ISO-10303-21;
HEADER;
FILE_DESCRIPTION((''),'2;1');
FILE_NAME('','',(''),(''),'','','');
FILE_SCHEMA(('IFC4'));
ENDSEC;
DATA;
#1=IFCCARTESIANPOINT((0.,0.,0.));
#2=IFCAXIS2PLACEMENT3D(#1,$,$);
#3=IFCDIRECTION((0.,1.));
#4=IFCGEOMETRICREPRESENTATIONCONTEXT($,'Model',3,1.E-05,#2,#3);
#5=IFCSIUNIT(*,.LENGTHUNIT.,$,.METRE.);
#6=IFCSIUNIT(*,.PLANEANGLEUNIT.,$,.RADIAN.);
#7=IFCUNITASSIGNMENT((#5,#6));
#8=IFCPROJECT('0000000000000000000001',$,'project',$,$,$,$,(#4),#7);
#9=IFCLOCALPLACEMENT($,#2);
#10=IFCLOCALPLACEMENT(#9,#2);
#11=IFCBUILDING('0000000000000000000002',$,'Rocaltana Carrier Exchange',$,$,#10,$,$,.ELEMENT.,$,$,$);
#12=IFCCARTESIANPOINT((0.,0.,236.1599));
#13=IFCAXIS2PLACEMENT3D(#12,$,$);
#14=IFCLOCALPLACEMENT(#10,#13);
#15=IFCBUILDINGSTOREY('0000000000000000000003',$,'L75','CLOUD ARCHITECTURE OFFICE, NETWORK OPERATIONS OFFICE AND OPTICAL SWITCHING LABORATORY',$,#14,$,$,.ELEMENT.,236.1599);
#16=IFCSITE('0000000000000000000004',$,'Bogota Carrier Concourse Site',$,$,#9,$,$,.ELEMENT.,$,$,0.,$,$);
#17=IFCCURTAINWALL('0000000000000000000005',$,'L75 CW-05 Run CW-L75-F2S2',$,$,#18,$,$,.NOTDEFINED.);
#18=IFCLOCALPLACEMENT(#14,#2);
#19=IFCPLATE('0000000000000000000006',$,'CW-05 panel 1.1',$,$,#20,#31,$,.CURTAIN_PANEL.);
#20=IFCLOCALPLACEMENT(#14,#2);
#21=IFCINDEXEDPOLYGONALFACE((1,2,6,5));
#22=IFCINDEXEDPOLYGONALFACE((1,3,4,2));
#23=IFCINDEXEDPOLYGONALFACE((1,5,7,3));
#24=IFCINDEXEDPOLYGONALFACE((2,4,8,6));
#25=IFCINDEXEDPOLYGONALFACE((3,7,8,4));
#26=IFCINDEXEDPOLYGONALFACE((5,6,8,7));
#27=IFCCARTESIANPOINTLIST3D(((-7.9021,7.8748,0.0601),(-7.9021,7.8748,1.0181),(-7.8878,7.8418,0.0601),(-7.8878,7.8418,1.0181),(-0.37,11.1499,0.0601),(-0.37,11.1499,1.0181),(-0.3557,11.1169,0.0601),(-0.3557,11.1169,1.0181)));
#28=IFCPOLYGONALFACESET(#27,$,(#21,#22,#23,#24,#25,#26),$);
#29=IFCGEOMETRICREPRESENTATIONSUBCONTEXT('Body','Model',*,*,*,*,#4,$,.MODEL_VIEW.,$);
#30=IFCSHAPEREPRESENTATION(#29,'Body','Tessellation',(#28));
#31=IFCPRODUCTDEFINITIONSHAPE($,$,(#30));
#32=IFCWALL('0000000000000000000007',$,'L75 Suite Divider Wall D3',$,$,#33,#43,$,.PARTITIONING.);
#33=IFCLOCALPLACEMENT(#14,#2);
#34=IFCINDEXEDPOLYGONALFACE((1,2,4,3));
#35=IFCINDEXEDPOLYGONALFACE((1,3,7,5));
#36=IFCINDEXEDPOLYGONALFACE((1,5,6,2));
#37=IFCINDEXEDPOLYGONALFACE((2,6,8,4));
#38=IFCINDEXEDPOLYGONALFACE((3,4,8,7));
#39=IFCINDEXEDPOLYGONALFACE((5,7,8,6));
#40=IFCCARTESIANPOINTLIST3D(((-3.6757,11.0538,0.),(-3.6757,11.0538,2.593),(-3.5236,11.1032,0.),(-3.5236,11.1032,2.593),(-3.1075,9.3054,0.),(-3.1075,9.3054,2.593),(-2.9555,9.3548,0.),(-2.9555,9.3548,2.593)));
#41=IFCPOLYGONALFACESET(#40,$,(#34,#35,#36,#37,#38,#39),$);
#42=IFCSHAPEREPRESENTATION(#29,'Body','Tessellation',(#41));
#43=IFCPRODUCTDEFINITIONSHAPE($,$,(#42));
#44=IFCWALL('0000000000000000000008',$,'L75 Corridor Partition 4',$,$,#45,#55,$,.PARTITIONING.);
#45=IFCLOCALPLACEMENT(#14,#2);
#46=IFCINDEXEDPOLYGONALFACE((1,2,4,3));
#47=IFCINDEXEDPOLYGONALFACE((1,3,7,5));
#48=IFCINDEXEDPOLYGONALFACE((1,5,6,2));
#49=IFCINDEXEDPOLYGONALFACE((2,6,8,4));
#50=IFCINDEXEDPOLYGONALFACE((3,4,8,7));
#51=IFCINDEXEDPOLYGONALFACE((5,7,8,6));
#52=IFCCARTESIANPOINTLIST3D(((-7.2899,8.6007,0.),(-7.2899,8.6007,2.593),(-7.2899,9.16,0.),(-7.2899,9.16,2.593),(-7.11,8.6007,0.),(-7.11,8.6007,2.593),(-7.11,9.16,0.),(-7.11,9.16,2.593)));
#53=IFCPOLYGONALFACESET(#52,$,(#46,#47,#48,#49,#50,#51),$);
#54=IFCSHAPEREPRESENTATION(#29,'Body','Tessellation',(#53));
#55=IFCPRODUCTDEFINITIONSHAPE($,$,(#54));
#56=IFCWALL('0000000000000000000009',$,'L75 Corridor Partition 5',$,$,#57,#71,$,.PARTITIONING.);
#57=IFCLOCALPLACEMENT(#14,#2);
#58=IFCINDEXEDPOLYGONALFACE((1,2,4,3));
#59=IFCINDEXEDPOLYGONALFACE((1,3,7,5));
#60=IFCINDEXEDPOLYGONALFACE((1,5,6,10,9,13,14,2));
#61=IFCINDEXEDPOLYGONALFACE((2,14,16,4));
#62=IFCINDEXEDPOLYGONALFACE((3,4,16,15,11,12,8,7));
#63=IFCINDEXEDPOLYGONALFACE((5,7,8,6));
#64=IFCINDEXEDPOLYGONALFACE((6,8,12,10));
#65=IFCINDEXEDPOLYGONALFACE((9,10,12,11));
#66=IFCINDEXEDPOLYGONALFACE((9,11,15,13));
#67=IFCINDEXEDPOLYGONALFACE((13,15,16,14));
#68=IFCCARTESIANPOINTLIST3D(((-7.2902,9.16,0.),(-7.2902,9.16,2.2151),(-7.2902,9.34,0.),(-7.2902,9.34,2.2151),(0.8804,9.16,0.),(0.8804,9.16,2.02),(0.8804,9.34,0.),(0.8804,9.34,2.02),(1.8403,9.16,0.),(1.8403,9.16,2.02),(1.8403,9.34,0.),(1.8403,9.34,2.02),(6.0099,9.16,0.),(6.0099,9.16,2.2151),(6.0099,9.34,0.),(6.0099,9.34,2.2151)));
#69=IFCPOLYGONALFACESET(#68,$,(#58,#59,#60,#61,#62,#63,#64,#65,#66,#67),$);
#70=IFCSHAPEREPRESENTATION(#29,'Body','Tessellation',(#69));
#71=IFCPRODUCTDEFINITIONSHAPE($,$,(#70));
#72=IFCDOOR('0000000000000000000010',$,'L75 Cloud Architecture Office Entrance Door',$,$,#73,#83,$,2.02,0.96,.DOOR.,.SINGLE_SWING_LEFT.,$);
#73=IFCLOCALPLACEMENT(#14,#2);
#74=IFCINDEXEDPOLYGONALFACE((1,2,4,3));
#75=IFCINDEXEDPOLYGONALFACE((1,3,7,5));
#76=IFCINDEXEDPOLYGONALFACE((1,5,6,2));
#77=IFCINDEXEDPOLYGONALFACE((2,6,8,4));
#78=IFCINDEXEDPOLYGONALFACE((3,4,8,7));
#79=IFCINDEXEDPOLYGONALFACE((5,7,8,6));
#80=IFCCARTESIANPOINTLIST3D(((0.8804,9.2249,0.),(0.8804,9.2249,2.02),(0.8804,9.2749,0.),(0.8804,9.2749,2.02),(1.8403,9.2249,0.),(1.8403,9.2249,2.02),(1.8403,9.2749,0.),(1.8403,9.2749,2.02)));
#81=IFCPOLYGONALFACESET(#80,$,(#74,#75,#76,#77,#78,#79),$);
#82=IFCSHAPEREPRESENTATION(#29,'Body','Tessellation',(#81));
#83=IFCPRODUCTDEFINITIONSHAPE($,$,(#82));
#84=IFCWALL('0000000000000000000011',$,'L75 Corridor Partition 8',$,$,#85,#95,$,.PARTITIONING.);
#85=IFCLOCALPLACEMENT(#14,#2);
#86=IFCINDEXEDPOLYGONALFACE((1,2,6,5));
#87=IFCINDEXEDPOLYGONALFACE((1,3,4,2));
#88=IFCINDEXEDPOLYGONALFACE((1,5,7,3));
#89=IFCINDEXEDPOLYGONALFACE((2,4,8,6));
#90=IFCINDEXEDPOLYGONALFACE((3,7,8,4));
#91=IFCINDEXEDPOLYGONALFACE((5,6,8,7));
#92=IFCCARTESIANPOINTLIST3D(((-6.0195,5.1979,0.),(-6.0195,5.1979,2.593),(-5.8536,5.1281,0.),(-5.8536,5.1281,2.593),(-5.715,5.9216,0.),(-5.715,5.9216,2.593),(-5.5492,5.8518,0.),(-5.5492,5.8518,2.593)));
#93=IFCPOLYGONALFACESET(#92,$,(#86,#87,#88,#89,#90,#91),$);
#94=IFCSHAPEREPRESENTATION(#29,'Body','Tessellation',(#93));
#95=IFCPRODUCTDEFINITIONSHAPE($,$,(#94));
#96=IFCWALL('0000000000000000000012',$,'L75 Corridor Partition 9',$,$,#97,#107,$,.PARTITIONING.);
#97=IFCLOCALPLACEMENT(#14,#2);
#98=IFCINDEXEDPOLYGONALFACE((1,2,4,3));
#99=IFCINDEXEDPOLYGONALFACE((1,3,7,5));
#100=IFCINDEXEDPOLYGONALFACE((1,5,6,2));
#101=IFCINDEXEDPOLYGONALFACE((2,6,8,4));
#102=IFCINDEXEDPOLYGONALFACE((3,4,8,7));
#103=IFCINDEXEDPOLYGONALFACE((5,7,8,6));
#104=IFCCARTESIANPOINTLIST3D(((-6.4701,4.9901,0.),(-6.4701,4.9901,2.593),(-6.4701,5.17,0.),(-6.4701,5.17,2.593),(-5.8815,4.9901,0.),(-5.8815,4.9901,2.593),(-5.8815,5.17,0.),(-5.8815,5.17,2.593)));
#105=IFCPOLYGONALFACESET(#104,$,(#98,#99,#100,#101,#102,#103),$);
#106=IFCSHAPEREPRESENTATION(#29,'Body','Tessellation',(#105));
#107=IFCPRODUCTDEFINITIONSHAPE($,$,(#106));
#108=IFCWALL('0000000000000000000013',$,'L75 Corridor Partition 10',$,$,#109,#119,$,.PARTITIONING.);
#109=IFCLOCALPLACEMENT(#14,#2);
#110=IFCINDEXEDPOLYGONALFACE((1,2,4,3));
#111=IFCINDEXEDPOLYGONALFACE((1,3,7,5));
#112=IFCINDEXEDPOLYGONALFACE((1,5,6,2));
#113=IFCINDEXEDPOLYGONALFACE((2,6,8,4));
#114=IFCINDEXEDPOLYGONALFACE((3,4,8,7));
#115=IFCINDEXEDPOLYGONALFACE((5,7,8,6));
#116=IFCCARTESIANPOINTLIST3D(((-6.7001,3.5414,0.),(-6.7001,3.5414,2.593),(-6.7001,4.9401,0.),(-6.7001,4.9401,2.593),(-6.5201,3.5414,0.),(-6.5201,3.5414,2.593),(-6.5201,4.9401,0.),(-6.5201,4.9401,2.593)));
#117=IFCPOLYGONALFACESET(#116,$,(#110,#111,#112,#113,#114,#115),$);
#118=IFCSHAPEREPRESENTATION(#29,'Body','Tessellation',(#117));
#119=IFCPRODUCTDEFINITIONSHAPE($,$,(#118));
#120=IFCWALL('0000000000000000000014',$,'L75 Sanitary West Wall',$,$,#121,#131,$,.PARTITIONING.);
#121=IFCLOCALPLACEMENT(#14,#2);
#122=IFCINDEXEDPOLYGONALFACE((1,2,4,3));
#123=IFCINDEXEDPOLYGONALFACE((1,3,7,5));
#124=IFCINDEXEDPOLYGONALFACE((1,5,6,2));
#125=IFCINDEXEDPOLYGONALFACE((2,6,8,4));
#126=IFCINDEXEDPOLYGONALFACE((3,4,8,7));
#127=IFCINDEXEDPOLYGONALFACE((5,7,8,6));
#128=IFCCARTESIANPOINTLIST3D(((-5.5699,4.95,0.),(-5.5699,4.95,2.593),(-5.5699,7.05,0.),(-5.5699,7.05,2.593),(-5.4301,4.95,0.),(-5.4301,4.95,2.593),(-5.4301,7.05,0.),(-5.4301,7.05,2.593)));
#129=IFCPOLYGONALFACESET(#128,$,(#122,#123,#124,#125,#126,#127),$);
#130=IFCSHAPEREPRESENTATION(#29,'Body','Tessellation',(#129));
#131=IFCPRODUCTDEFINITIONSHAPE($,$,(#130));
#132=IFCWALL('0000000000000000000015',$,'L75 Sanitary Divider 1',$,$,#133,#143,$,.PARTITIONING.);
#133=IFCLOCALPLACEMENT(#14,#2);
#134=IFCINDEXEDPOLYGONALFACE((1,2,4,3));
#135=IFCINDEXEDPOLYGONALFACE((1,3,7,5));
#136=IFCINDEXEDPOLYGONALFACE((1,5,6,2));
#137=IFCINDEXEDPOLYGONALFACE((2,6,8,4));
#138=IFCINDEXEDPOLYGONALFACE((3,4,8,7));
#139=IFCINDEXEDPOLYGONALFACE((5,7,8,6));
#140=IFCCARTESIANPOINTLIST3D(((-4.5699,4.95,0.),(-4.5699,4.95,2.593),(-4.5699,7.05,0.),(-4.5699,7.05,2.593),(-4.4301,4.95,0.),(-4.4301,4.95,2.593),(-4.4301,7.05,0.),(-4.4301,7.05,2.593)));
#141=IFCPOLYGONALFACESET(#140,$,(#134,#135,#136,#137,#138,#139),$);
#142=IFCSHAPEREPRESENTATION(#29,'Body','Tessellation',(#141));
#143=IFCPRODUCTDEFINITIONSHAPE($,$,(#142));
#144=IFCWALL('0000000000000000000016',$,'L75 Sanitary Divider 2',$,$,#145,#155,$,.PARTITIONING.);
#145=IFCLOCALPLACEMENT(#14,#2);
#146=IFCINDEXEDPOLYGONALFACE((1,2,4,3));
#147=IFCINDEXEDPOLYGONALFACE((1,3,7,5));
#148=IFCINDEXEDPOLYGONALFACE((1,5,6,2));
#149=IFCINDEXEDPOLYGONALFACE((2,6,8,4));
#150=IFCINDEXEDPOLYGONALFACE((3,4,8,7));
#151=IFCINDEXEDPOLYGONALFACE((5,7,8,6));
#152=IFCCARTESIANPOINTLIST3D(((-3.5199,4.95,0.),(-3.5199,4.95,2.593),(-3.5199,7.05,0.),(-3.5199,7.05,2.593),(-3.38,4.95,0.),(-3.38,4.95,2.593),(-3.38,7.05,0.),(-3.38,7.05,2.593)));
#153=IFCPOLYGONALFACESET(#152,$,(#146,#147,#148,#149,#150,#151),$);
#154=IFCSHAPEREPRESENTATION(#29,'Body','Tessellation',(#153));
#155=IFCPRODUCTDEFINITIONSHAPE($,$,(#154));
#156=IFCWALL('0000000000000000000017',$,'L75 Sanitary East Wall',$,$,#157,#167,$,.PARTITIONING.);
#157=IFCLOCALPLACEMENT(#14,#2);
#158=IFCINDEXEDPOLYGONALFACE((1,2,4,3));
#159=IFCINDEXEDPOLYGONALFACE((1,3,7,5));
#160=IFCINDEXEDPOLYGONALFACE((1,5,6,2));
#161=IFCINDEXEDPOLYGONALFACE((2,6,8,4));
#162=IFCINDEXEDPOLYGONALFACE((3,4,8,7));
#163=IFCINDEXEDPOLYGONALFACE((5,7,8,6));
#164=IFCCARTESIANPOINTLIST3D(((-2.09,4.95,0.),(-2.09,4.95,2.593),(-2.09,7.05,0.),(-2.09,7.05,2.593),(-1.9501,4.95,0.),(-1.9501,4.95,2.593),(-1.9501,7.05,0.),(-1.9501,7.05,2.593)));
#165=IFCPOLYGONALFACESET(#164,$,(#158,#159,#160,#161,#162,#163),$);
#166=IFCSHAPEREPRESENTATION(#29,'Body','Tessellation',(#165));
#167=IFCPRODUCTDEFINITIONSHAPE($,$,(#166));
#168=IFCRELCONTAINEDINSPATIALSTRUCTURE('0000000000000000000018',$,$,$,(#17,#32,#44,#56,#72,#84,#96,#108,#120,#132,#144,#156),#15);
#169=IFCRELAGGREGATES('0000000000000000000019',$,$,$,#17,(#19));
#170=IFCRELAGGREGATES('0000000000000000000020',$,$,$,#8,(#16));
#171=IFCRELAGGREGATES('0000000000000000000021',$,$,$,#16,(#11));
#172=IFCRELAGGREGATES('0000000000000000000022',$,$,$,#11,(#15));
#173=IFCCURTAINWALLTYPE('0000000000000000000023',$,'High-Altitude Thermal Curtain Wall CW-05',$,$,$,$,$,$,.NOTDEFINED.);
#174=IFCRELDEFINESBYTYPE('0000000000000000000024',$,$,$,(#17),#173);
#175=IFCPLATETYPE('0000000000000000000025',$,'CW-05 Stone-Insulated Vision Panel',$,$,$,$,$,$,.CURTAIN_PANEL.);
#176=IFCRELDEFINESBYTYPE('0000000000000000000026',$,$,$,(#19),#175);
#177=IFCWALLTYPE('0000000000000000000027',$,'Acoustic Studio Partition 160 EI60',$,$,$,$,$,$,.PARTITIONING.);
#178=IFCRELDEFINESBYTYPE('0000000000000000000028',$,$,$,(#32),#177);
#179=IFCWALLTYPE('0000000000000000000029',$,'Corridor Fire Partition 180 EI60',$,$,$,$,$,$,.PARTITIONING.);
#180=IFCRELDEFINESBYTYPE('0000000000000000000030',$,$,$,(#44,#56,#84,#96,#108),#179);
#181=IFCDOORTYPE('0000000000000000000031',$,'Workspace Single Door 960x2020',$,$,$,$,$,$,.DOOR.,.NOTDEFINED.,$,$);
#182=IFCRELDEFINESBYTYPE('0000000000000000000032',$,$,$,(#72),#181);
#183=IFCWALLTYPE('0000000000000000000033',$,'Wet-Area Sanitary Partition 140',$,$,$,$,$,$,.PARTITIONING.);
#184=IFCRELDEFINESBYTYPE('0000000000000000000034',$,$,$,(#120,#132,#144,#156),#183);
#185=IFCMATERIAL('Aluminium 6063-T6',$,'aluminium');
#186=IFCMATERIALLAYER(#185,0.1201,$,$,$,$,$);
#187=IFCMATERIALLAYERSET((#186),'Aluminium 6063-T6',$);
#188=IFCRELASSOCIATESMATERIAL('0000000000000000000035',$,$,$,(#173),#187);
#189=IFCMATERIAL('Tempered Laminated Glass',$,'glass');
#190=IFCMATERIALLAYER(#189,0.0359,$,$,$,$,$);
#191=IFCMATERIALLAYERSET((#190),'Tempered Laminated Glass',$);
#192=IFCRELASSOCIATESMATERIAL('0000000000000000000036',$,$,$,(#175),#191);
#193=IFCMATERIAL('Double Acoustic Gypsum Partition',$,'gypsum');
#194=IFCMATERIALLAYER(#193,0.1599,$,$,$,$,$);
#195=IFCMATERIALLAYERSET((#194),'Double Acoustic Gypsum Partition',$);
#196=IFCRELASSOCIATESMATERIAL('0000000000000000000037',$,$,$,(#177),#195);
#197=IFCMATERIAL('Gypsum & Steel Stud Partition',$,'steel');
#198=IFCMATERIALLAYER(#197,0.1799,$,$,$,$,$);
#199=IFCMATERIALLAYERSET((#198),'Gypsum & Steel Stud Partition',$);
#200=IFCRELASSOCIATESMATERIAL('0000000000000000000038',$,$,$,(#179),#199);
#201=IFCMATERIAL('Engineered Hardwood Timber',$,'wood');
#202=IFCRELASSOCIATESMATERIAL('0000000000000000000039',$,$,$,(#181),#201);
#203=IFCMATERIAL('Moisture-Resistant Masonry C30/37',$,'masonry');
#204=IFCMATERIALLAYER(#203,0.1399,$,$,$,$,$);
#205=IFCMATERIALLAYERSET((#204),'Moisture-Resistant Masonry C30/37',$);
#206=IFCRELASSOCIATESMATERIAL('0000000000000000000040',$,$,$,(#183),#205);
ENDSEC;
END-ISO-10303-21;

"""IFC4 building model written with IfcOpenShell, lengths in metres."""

from ifc_helpers import new_model, si_unit, direction, frame, frame_2d, origin, origin_2d, place, context, subcontext, project, spatial, rectangle, extrude, material, layer, layer_set, type_object, element, fill, aggregate, save


model = new_model("IFC4")

# Units and contexts
model_context = context("Model", 3, precision=1e-05, world=origin(), true_north=direction((0.0, 1.0)))
body_context = subcontext(model_context, "Body", "Model", "MODEL_VIEW")
ifc_project = project(units=[si_unit("LENGTHUNIT", "METRE"), si_unit("PLANEANGLEUNIT", "RADIAN")], contexts=[model_context])

# Site, building, storey
site_placement = place(None, origin())
site = spatial("IfcSite", under=ifc_project, at=site_placement, Name="Bogota Carrier Concourse Site", CompositionType="ELEMENT", RefElevation=0.0)
building_placement = place(site_placement, origin())
building = spatial("IfcBuilding", under=site, at=building_placement, Name="Rocaltana Carrier Exchange", CompositionType="ELEMENT")
storey_placement = place(building_placement, frame((0.0, 0.0, 236.1599)))
storey = spatial("IfcBuildingStorey", under=building, at=storey_placement, Name="L75", Description="CLOUD ARCHITECTURE OFFICE, NETWORK OPERATIONS OFFICE AND OPTICAL SWITCHING LABORATORY", CompositionType="ELEMENT", Elevation=236.1599)

# Curtain wall, plate
ifc_material_1 = material(Name="Aluminium 6063-T6", Category="aluminium")
ifc_layer_1 = layer(ifc_material_1, 0.1201)
ifc_layer_set_1 = layer_set([ifc_layer_1], Name="Aluminium 6063-T6")
curtain_wall_type = type_object("IfcCurtainWallType", Name="High-Altitude Thermal Curtain Wall CW-05", PredefinedType="NOTDEFINED", material=ifc_layer_set_1)
curtain_wall_placement = place(storey_placement, origin())
curtain_wall = element("IfcCurtainWall", 1, at=curtain_wall_placement, inside=storey, type_object=curtain_wall_type, Name="L75 CW-05 Run CW-L75-F2S2", PredefinedType="NOTDEFINED")
ifc_material_2 = material(Name="Tempered Laminated Glass", Category="glass")
ifc_layer_2 = layer(ifc_material_2, 0.0359)
ifc_layer_set_2 = layer_set([ifc_layer_2], Name="Tempered Laminated Glass")
plate_type = type_object("IfcPlateType", Name="CW-05 Stone-Insulated Vision Panel", PredefinedType="CURTAIN_PANEL", material=ifc_layer_set_2)
plate_placement = place(storey_placement, frame((-4.1289, 9.4958, 0.0601), z_axis=(0.0, 0.0, 1.0), x_axis=(-0.917059, -0.398752, 0.0)))
plate = element("IfcPlate", 2, at=plate_placement, type_object=plate_type, Name="CW-05 panel 1.1", PredefinedType="CURTAIN_PANEL", context=body_context, shape_type="SweptSolid", body=[
    extrude(rectangle(XDim=8.2134, YDim=0.0359, at=origin_2d()), origin(), (0.0, 0.0, 1.0), 0.958),
])
aggregate(curtain_wall, [plate])

# Walls
ifc_material_3 = material(Name="Double Acoustic Gypsum Partition", Category="gypsum")
ifc_layer_3 = layer(ifc_material_3, 0.1599)
ifc_layer_set_3 = layer_set([ifc_layer_3], Name="Double Acoustic Gypsum Partition")
wall_type_1 = type_object("IfcWallType", Name="Acoustic Studio Partition 160 EI60", PredefinedType="PARTITIONING", material=ifc_layer_set_3)
wall_1_placement = place(storey_placement, frame((-3.0315, 9.3301, 0.0), z_axis=(0.0, 0.0, 1.0), x_axis=(-0.309047, 0.951047, 0.0)))
element("IfcWall", 3, at=wall_1_placement, inside=storey, type_object=wall_type_1, Name="L75 Suite Divider Wall D3", PredefinedType="PARTITIONING", context=body_context, shape_type="SweptSolid", body=[
    extrude(rectangle(XDim=1.8384, YDim=0.1599, at=frame_2d((0.9192, 0.0))), origin(), (0.0, 0.0, 1.0), 2.593),
])
ifc_material_4 = material(Name="Gypsum & Steel Stud Partition", Category="steel")
ifc_layer_4 = layer(ifc_material_4, 0.1799)
ifc_layer_set_4 = layer_set([ifc_layer_4], Name="Gypsum & Steel Stud Partition")
wall_type_2 = type_object("IfcWallType", Name="Corridor Fire Partition 180 EI60", PredefinedType="PARTITIONING", material=ifc_layer_set_4)
wall_2_placement = place(storey_placement, frame((-7.2, 8.6006, 0.0), z_axis=(0.0, 0.0, 1.0), x_axis=(0.0, 1.0, 0.0)))
element("IfcWall", 4, at=wall_2_placement, inside=storey, type_object=wall_type_2, Name="L75 Corridor Partition 4", PredefinedType="PARTITIONING", context=body_context, shape_type="SweptSolid", body=[
    extrude(rectangle(XDim=0.5593, YDim=0.1799, at=frame_2d((0.2798, 0.0))), origin(), (0.0, 0.0, 1.0), 2.593),
])

# Wall, opening, door
wall_3_placement = place(storey_placement, frame((-7.29, 9.25, 0.0), z_axis=(0.0, 0.0, 1.0), x_axis=(1.0, 0.0, 0.0)))
wall_3 = element("IfcWall", 5, at=wall_3_placement, inside=storey, type_object=wall_type_2, Name="L75 Corridor Partition 5", PredefinedType="PARTITIONING", context=body_context, shape_type="SweptSolid", body=[
    extrude(rectangle(XDim=13.3, YDim=0.1799, at=frame_2d((6.6499, 0.0))), origin(), (0.0, 0.0, 1.0), 2.2151),
])
opening_1_placement = place(wall_3_placement, frame((8.1704, 0.0, 0.0)))
opening_1 = element("IfcOpeningElement", 6, at=opening_1_placement, cuts=wall_3, PredefinedType="OPENING", context=body_context, shape_type="SweptSolid", body=[
    extrude(rectangle(XDim=0.96, YDim=2.02, at=frame_2d((0.48, 1.01))), frame((0.0, 0.0999, 0.0), z_axis=(0.0, -1.0, 0.0), x_axis=(1.0, 0.0, 0.0)), (0.0, 0.0, 1.0), 0.2),
])
ifc_material_5 = material(Name="Engineered Hardwood Timber", Category="wood")
door_type_1 = type_object("IfcDoorType", Name="Workspace Single Door 960x2020", OperationType="NOTDEFINED", PredefinedType="DOOR", material=ifc_material_5)
door_1_placement = place(opening_1_placement, origin())
door_1 = element("IfcDoor", 7, at=door_1_placement, inside=storey, type_object=door_type_1, Name="L75 Cloud Architecture Office Entrance Door", OperationType="SINGLE_SWING_LEFT", OverallHeight=2.02, OverallWidth=0.96, PredefinedType="DOOR", context=body_context, shape_type="SweptSolid", body=[
    extrude(rectangle(XDim=0.96, YDim=2.02, at=frame_2d((0.48, 1.01))), frame((0.0, 0.0249, 0.0), z_axis=(0.0, -1.0, 0.0), x_axis=(1.0, 0.0, 0.0)), (0.0, 0.0, 1.0), 0.05),
])
fill(opening_1, door_1)

# Walls
wall_4_placement = place(storey_placement, frame((-5.6321, 5.8867, 0.0), z_axis=(0.0, 0.0, 1.0), x_axis=(-0.387793, -0.921747, 0.0)))
element("IfcWall", 8, at=wall_4_placement, inside=storey, type_object=wall_type_2, Name="L75 Corridor Partition 8", PredefinedType="PARTITIONING", context=body_context, shape_type="SweptSolid", body=[
    extrude(rectangle(XDim=0.7852, YDim=0.1799, at=frame_2d((0.3926, 0.0))), origin(), (0.0, 0.0, 1.0), 2.593),
])
wall_5_placement = place(storey_placement, frame((-5.8813, 5.0801, 0.0), z_axis=(0.0, 0.0, 1.0), x_axis=(-1.0, 0.0, 0.0)))
element("IfcWall", 9, at=wall_5_placement, inside=storey, type_object=wall_type_2, Name="L75 Corridor Partition 9", PredefinedType="PARTITIONING", context=body_context, shape_type="SweptSolid", body=[
    extrude(rectangle(XDim=0.5886, YDim=0.1799, at=frame_2d((0.2944, 0.0))), origin(), (0.0, 0.0, 1.0), 2.593),
])
wall_6_placement = place(storey_placement, frame((-6.6101, 4.9399, 0.0), z_axis=(0.0, 0.0, 1.0), x_axis=(0.0, -1.0, 0.0)))
element("IfcWall", 10, at=wall_6_placement, inside=storey, type_object=wall_type_2, Name="L75 Corridor Partition 10", PredefinedType="PARTITIONING", context=body_context, shape_type="SweptSolid", body=[
    extrude(rectangle(XDim=1.3987, YDim=0.1799, at=frame_2d((0.6992, 0.0))), origin(), (0.0, 0.0, 1.0), 2.593),
])
ifc_material_6 = material(Name="Moisture-Resistant Masonry C30/37", Category="masonry")
ifc_layer_5 = layer(ifc_material_6, 0.1399)
ifc_layer_set_5 = layer_set([ifc_layer_5], Name="Moisture-Resistant Masonry C30/37")
wall_type_3 = type_object("IfcWallType", Name="Wet-Area Sanitary Partition 140", PredefinedType="PARTITIONING", material=ifc_layer_set_5)
for number, where, z_axis, x_axis, name in (
    (11, (-5.5, 4.95, 0.0), (0.0, 0.0, 1.0), (0.0, 1.0, 0.0), "L75 Sanitary West Wall"),
    (12, (-4.5, 4.95, 0.0), (0.0, 0.0, 1.0), (0.0, 1.0, 0.0), "L75 Sanitary Divider 1"),
    (13, (-3.45, 4.95, 0.0), (0.0, 0.0, 1.0), (0.0, 1.0, 0.0), "L75 Sanitary Divider 2"),
    (14, (-2.02, 4.95, 0.0), (0.0, 0.0, 1.0), (0.0, 1.0, 0.0), "L75 Sanitary East Wall"),
):
    element("IfcWall", number, at=place(storey_placement, frame(where, z_axis=z_axis, x_axis=x_axis)), inside=storey, type_object=wall_type_3, Name=name, PredefinedType="PARTITIONING", context=body_context, shape_type="SweptSolid", body=[
        extrude(rectangle(XDim=2.1001, YDim=0.1399, at=frame_2d((1.05, 0.0))), origin(), (0.0, 0.0, 1.0), 2.593),
    ])

save(model, "model.ifc")
